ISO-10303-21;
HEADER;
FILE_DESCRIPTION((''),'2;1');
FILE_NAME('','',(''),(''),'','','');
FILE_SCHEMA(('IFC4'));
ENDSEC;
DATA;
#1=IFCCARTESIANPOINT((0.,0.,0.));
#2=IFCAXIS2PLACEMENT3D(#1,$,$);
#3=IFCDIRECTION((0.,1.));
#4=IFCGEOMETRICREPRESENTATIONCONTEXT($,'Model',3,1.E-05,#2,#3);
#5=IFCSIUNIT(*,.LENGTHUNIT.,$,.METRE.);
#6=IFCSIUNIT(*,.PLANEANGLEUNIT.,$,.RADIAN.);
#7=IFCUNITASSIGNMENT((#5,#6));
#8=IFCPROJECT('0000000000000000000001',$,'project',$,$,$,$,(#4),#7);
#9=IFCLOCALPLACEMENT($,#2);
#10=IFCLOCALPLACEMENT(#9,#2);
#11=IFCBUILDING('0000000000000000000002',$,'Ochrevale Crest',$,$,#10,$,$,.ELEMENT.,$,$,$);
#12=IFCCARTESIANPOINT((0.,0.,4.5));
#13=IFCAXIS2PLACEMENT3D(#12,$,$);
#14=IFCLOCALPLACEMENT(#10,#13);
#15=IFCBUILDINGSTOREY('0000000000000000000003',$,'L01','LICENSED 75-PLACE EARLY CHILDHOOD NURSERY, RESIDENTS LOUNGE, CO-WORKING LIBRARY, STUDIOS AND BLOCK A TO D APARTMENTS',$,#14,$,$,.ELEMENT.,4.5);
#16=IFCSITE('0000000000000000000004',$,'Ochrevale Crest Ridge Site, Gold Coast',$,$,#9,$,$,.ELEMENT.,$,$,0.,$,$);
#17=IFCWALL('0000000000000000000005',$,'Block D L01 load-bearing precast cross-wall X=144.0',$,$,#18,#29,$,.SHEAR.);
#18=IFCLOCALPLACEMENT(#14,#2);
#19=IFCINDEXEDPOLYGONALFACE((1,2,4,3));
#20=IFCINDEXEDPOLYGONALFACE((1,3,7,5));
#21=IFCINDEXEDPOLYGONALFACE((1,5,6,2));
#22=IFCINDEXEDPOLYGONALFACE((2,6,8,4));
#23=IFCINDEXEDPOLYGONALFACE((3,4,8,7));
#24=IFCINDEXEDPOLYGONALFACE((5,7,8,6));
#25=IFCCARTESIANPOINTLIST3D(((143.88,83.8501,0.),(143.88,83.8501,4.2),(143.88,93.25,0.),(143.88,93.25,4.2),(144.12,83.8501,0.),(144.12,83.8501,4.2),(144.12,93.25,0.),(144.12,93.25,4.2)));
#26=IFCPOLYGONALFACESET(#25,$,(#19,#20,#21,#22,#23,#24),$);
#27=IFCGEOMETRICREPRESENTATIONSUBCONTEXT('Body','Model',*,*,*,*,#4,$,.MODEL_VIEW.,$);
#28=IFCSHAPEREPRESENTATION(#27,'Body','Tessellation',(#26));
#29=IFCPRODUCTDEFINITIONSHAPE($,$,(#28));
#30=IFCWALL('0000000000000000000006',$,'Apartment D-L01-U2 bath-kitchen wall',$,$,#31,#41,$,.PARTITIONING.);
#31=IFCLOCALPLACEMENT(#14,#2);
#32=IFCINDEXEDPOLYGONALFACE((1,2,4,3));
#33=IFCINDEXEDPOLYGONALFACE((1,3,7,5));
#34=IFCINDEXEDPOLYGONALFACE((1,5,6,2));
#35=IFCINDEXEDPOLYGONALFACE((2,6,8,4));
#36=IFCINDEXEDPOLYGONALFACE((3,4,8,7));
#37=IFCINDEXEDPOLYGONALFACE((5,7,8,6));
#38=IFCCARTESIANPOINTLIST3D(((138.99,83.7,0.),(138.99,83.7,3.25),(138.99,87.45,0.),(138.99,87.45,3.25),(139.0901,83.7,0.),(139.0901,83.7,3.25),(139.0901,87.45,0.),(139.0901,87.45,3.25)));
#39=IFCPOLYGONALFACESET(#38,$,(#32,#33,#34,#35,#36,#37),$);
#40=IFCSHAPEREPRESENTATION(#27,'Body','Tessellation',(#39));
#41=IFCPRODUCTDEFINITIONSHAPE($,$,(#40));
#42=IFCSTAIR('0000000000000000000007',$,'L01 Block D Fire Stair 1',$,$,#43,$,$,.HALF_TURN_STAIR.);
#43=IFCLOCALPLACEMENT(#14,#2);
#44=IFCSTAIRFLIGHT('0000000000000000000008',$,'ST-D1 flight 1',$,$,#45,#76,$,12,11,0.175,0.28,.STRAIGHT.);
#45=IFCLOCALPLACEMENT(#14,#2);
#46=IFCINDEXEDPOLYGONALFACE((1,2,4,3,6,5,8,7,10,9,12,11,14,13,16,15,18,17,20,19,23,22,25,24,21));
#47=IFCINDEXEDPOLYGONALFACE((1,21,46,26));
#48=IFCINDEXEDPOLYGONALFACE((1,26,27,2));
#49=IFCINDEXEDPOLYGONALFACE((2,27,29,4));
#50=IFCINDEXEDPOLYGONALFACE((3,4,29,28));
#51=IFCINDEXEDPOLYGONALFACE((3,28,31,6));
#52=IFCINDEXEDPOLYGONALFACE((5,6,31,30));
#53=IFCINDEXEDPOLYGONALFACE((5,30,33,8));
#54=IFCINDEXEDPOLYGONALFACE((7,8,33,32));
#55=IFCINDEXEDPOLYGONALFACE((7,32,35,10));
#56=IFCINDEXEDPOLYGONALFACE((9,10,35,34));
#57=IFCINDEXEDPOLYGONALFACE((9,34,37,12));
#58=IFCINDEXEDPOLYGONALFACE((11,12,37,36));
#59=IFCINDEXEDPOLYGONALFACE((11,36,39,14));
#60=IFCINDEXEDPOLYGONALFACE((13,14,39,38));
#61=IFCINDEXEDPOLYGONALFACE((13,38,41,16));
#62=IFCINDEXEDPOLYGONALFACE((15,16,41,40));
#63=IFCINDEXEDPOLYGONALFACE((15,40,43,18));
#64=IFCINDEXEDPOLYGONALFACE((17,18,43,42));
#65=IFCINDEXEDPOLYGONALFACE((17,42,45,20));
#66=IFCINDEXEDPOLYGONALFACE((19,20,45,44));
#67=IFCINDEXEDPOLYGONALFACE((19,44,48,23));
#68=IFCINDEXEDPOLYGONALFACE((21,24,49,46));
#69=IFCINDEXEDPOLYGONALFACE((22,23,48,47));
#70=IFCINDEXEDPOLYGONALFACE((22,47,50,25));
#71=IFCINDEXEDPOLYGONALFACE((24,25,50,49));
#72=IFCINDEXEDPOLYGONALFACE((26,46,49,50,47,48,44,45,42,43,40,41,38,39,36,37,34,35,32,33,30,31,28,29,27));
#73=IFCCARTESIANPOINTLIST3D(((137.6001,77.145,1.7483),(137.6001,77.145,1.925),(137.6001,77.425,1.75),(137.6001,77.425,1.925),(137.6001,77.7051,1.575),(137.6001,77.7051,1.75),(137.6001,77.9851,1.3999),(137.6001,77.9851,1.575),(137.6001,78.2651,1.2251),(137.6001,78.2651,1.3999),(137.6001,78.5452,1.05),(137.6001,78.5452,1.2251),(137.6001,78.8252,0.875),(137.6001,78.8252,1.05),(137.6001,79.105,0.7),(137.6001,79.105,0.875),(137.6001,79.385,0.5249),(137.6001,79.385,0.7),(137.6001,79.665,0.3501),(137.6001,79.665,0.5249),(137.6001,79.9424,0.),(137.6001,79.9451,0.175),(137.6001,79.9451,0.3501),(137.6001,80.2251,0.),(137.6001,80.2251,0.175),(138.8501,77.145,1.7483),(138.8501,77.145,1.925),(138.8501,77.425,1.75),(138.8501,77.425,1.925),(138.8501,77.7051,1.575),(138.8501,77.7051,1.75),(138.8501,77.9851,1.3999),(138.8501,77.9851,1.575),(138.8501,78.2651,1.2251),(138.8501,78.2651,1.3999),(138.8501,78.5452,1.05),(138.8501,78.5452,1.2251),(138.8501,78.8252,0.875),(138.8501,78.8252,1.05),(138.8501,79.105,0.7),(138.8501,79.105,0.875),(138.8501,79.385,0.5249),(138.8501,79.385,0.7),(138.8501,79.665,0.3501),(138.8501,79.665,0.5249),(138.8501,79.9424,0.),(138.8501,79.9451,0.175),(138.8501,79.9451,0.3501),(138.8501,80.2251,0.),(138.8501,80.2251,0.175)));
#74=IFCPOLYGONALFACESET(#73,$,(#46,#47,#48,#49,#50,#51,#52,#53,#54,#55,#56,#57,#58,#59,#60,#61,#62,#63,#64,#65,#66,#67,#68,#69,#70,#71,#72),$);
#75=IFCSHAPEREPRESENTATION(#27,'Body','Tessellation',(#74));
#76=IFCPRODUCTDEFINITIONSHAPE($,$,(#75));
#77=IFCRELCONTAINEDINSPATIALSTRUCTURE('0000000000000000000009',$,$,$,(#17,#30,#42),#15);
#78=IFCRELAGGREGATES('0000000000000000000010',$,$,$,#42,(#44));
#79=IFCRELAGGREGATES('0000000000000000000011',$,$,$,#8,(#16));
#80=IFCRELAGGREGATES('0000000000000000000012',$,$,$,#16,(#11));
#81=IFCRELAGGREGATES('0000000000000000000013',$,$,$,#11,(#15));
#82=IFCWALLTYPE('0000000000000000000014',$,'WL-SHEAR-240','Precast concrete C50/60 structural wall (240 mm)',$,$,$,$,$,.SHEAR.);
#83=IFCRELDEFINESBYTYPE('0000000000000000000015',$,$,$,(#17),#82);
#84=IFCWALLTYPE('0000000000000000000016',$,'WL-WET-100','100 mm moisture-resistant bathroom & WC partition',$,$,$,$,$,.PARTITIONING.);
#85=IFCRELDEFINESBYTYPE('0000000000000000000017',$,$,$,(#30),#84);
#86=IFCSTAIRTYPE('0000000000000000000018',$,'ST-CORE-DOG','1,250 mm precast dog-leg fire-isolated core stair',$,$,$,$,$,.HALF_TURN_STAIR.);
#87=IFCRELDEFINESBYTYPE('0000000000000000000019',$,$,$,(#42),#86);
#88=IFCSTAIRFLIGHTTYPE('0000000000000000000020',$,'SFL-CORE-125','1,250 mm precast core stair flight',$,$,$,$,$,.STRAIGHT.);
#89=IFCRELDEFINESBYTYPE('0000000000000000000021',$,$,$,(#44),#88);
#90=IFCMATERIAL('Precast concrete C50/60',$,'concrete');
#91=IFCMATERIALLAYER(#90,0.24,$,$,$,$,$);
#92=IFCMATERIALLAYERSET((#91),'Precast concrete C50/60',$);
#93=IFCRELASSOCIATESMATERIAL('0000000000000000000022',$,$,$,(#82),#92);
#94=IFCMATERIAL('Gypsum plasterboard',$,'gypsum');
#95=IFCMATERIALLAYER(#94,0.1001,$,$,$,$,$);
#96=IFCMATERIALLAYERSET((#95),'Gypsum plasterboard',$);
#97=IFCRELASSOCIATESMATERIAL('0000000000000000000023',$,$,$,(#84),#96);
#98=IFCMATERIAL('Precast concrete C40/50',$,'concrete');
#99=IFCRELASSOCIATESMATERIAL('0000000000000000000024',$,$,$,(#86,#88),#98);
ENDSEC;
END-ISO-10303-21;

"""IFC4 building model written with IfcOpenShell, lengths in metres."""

from ifc_helpers import new_model, si_unit, direction, frame, frame_2d, origin, place, context, subcontext, project, spatial, polyline, rectangle, outline, extrude, material, layer, layer_set, type_object, element, aggregate, save


model = new_model("IFC4")

# Units and contexts
model_context = context("Model", 3, precision=1e-05, world=origin(), true_north=direction((0.0, 1.0)))
body_context = subcontext(model_context, "Body", "Model", "MODEL_VIEW")
ifc_project = project(units=[si_unit("LENGTHUNIT", "METRE"), si_unit("PLANEANGLEUNIT", "RADIAN")], contexts=[model_context])

# Site, building, storey
site_placement = place(None, origin())
site = spatial("IfcSite", under=ifc_project, at=site_placement, Name="Ochrevale Crest Ridge Site, Gold Coast", CompositionType="ELEMENT", RefElevation=0.0)
building_placement = place(site_placement, origin())
building = spatial("IfcBuilding", under=site, at=building_placement, Name="Ochrevale Crest", CompositionType="ELEMENT")
storey_placement = place(building_placement, frame((0.0, 0.0, 4.5)))
storey = spatial("IfcBuildingStorey", under=building, at=storey_placement, Name="L01", Description="LICENSED 75-PLACE EARLY CHILDHOOD NURSERY, RESIDENTS LOUNGE, CO-WORKING LIBRARY, STUDIOS AND BLOCK A TO D APARTMENTS", CompositionType="ELEMENT", Elevation=4.5)

# Shared definitions
ifc_material_1 = material(Name="Precast concrete C50/60", Category="concrete")

# Shared definitions
ifc_material_2 = material(Name="Gypsum plasterboard", Category="gypsum")

# Walls
ifc_layer_1 = layer(ifc_material_1, 0.24)
ifc_layer_set_1 = layer_set([ifc_layer_1], Name="Precast concrete C50/60")
wall_type_1 = type_object("IfcWallType", Name="WL-SHEAR-240", Description="Precast concrete C50/60 structural wall (240 mm)", PredefinedType="SHEAR", material=ifc_layer_set_1)
wall_1_placement = place(storey_placement, frame((144.0, 83.8501, 0.0), z_axis=(0.0, 0.0, 1.0), x_axis=(0.0, 1.0, 0.0)))
element("IfcWall", 1, at=wall_1_placement, inside=storey, type_object=wall_type_1, Name="Block D L01 load-bearing precast cross-wall X=144.0", PredefinedType="SHEAR", context=body_context, shape_type="SweptSolid", body=[
    extrude(rectangle(XDim=9.3999, YDim=0.24, at=frame_2d((4.7, 0.0))), origin(), (0.0, 0.0, 1.0), 4.2),
])
ifc_layer_2 = layer(ifc_material_2, 0.1001)
ifc_layer_set_2 = layer_set([ifc_layer_2], Name="Gypsum plasterboard")
wall_type_2 = type_object("IfcWallType", Name="WL-WET-100", Description="100 mm moisture-resistant bathroom & WC partition", PredefinedType="PARTITIONING", material=ifc_layer_set_2)
wall_2_placement = place(storey_placement, frame((139.04, 83.7, 0.0), z_axis=(0.0, 0.0, 1.0), x_axis=(0.0, 1.0, 0.0)))
element("IfcWall", 2, at=wall_2_placement, inside=storey, type_object=wall_type_2, Name="Apartment D-L01-U2 bath-kitchen wall", PredefinedType="PARTITIONING", context=body_context, shape_type="SweptSolid", body=[
    extrude(rectangle(XDim=3.75, YDim=0.1001, at=frame_2d((1.875, 0.0))), origin(), (0.0, 0.0, 1.0), 3.25),
])

# Stair, stair flight
ifc_material_3 = material(Name="Precast concrete C40/50", Category="concrete")
stair_type = type_object("IfcStairType", Name="ST-CORE-DOG", Description="1,250 mm precast dog-leg fire-isolated core stair", PredefinedType="HALF_TURN_STAIR", material=ifc_material_3)
stair_placement = place(storey_placement, origin())
stair = element("IfcStair", 3, at=stair_placement, inside=storey, type_object=stair_type, Name="L01 Block D Fire Stair 1", PredefinedType="HALF_TURN_STAIR")
stair_flight_type = type_object("IfcStairFlightType", Name="SFL-CORE-125", Description="1,250 mm precast core stair flight", PredefinedType="STRAIGHT", material=ifc_material_3)
stair_flight_placement = place(storey_placement, frame((138.2251, 80.2251, 0.0), z_axis=(0.0, 0.0, 1.0), x_axis=(0.0, -1.0, 0.0)))
stair_flight = element("IfcStairFlight", 4, at=stair_flight_placement, type_object=stair_flight_type, Name="ST-D1 flight 1", NumberOfRisers=12, NumberOfTreads=11, PredefinedType="STRAIGHT", RiserHeight=0.175, TreadLength=0.28, context=body_context, shape_type="SweptSolid", body=[
    extrude(outline(polyline([(0.0, 0.0), (0.0, 0.175), (0.28, 0.175), (0.28, 0.3501), (0.5601, 0.3501), (0.5601, 0.5249), (0.8401, 0.5249), (0.8401, 0.7), (1.1201, 0.7), (1.1201, 0.875), (1.3999, 0.875), (1.3999, 1.05), (1.6799, 1.05), (1.6799, 1.2251), (1.96, 1.2251), (1.96, 1.3999), (2.24, 1.3999), (2.24, 1.575), (2.52, 1.575), (2.52, 1.75), (2.8, 1.75), (2.8, 1.925), (3.0801, 1.925), (3.0801, 2.1001), (3.0801, 1.7483), (0.2827, 0.0), (0.0, 0.0)])), frame((0.0, 0.625, 0.0), z_axis=(0.0, -1.0, 0.0), x_axis=(1.0, 0.0, 0.0)), (0.0, 0.0, 1.0), 1.25),
])
aggregate(stair, [stair_flight])

save(model, "model.ifc")
